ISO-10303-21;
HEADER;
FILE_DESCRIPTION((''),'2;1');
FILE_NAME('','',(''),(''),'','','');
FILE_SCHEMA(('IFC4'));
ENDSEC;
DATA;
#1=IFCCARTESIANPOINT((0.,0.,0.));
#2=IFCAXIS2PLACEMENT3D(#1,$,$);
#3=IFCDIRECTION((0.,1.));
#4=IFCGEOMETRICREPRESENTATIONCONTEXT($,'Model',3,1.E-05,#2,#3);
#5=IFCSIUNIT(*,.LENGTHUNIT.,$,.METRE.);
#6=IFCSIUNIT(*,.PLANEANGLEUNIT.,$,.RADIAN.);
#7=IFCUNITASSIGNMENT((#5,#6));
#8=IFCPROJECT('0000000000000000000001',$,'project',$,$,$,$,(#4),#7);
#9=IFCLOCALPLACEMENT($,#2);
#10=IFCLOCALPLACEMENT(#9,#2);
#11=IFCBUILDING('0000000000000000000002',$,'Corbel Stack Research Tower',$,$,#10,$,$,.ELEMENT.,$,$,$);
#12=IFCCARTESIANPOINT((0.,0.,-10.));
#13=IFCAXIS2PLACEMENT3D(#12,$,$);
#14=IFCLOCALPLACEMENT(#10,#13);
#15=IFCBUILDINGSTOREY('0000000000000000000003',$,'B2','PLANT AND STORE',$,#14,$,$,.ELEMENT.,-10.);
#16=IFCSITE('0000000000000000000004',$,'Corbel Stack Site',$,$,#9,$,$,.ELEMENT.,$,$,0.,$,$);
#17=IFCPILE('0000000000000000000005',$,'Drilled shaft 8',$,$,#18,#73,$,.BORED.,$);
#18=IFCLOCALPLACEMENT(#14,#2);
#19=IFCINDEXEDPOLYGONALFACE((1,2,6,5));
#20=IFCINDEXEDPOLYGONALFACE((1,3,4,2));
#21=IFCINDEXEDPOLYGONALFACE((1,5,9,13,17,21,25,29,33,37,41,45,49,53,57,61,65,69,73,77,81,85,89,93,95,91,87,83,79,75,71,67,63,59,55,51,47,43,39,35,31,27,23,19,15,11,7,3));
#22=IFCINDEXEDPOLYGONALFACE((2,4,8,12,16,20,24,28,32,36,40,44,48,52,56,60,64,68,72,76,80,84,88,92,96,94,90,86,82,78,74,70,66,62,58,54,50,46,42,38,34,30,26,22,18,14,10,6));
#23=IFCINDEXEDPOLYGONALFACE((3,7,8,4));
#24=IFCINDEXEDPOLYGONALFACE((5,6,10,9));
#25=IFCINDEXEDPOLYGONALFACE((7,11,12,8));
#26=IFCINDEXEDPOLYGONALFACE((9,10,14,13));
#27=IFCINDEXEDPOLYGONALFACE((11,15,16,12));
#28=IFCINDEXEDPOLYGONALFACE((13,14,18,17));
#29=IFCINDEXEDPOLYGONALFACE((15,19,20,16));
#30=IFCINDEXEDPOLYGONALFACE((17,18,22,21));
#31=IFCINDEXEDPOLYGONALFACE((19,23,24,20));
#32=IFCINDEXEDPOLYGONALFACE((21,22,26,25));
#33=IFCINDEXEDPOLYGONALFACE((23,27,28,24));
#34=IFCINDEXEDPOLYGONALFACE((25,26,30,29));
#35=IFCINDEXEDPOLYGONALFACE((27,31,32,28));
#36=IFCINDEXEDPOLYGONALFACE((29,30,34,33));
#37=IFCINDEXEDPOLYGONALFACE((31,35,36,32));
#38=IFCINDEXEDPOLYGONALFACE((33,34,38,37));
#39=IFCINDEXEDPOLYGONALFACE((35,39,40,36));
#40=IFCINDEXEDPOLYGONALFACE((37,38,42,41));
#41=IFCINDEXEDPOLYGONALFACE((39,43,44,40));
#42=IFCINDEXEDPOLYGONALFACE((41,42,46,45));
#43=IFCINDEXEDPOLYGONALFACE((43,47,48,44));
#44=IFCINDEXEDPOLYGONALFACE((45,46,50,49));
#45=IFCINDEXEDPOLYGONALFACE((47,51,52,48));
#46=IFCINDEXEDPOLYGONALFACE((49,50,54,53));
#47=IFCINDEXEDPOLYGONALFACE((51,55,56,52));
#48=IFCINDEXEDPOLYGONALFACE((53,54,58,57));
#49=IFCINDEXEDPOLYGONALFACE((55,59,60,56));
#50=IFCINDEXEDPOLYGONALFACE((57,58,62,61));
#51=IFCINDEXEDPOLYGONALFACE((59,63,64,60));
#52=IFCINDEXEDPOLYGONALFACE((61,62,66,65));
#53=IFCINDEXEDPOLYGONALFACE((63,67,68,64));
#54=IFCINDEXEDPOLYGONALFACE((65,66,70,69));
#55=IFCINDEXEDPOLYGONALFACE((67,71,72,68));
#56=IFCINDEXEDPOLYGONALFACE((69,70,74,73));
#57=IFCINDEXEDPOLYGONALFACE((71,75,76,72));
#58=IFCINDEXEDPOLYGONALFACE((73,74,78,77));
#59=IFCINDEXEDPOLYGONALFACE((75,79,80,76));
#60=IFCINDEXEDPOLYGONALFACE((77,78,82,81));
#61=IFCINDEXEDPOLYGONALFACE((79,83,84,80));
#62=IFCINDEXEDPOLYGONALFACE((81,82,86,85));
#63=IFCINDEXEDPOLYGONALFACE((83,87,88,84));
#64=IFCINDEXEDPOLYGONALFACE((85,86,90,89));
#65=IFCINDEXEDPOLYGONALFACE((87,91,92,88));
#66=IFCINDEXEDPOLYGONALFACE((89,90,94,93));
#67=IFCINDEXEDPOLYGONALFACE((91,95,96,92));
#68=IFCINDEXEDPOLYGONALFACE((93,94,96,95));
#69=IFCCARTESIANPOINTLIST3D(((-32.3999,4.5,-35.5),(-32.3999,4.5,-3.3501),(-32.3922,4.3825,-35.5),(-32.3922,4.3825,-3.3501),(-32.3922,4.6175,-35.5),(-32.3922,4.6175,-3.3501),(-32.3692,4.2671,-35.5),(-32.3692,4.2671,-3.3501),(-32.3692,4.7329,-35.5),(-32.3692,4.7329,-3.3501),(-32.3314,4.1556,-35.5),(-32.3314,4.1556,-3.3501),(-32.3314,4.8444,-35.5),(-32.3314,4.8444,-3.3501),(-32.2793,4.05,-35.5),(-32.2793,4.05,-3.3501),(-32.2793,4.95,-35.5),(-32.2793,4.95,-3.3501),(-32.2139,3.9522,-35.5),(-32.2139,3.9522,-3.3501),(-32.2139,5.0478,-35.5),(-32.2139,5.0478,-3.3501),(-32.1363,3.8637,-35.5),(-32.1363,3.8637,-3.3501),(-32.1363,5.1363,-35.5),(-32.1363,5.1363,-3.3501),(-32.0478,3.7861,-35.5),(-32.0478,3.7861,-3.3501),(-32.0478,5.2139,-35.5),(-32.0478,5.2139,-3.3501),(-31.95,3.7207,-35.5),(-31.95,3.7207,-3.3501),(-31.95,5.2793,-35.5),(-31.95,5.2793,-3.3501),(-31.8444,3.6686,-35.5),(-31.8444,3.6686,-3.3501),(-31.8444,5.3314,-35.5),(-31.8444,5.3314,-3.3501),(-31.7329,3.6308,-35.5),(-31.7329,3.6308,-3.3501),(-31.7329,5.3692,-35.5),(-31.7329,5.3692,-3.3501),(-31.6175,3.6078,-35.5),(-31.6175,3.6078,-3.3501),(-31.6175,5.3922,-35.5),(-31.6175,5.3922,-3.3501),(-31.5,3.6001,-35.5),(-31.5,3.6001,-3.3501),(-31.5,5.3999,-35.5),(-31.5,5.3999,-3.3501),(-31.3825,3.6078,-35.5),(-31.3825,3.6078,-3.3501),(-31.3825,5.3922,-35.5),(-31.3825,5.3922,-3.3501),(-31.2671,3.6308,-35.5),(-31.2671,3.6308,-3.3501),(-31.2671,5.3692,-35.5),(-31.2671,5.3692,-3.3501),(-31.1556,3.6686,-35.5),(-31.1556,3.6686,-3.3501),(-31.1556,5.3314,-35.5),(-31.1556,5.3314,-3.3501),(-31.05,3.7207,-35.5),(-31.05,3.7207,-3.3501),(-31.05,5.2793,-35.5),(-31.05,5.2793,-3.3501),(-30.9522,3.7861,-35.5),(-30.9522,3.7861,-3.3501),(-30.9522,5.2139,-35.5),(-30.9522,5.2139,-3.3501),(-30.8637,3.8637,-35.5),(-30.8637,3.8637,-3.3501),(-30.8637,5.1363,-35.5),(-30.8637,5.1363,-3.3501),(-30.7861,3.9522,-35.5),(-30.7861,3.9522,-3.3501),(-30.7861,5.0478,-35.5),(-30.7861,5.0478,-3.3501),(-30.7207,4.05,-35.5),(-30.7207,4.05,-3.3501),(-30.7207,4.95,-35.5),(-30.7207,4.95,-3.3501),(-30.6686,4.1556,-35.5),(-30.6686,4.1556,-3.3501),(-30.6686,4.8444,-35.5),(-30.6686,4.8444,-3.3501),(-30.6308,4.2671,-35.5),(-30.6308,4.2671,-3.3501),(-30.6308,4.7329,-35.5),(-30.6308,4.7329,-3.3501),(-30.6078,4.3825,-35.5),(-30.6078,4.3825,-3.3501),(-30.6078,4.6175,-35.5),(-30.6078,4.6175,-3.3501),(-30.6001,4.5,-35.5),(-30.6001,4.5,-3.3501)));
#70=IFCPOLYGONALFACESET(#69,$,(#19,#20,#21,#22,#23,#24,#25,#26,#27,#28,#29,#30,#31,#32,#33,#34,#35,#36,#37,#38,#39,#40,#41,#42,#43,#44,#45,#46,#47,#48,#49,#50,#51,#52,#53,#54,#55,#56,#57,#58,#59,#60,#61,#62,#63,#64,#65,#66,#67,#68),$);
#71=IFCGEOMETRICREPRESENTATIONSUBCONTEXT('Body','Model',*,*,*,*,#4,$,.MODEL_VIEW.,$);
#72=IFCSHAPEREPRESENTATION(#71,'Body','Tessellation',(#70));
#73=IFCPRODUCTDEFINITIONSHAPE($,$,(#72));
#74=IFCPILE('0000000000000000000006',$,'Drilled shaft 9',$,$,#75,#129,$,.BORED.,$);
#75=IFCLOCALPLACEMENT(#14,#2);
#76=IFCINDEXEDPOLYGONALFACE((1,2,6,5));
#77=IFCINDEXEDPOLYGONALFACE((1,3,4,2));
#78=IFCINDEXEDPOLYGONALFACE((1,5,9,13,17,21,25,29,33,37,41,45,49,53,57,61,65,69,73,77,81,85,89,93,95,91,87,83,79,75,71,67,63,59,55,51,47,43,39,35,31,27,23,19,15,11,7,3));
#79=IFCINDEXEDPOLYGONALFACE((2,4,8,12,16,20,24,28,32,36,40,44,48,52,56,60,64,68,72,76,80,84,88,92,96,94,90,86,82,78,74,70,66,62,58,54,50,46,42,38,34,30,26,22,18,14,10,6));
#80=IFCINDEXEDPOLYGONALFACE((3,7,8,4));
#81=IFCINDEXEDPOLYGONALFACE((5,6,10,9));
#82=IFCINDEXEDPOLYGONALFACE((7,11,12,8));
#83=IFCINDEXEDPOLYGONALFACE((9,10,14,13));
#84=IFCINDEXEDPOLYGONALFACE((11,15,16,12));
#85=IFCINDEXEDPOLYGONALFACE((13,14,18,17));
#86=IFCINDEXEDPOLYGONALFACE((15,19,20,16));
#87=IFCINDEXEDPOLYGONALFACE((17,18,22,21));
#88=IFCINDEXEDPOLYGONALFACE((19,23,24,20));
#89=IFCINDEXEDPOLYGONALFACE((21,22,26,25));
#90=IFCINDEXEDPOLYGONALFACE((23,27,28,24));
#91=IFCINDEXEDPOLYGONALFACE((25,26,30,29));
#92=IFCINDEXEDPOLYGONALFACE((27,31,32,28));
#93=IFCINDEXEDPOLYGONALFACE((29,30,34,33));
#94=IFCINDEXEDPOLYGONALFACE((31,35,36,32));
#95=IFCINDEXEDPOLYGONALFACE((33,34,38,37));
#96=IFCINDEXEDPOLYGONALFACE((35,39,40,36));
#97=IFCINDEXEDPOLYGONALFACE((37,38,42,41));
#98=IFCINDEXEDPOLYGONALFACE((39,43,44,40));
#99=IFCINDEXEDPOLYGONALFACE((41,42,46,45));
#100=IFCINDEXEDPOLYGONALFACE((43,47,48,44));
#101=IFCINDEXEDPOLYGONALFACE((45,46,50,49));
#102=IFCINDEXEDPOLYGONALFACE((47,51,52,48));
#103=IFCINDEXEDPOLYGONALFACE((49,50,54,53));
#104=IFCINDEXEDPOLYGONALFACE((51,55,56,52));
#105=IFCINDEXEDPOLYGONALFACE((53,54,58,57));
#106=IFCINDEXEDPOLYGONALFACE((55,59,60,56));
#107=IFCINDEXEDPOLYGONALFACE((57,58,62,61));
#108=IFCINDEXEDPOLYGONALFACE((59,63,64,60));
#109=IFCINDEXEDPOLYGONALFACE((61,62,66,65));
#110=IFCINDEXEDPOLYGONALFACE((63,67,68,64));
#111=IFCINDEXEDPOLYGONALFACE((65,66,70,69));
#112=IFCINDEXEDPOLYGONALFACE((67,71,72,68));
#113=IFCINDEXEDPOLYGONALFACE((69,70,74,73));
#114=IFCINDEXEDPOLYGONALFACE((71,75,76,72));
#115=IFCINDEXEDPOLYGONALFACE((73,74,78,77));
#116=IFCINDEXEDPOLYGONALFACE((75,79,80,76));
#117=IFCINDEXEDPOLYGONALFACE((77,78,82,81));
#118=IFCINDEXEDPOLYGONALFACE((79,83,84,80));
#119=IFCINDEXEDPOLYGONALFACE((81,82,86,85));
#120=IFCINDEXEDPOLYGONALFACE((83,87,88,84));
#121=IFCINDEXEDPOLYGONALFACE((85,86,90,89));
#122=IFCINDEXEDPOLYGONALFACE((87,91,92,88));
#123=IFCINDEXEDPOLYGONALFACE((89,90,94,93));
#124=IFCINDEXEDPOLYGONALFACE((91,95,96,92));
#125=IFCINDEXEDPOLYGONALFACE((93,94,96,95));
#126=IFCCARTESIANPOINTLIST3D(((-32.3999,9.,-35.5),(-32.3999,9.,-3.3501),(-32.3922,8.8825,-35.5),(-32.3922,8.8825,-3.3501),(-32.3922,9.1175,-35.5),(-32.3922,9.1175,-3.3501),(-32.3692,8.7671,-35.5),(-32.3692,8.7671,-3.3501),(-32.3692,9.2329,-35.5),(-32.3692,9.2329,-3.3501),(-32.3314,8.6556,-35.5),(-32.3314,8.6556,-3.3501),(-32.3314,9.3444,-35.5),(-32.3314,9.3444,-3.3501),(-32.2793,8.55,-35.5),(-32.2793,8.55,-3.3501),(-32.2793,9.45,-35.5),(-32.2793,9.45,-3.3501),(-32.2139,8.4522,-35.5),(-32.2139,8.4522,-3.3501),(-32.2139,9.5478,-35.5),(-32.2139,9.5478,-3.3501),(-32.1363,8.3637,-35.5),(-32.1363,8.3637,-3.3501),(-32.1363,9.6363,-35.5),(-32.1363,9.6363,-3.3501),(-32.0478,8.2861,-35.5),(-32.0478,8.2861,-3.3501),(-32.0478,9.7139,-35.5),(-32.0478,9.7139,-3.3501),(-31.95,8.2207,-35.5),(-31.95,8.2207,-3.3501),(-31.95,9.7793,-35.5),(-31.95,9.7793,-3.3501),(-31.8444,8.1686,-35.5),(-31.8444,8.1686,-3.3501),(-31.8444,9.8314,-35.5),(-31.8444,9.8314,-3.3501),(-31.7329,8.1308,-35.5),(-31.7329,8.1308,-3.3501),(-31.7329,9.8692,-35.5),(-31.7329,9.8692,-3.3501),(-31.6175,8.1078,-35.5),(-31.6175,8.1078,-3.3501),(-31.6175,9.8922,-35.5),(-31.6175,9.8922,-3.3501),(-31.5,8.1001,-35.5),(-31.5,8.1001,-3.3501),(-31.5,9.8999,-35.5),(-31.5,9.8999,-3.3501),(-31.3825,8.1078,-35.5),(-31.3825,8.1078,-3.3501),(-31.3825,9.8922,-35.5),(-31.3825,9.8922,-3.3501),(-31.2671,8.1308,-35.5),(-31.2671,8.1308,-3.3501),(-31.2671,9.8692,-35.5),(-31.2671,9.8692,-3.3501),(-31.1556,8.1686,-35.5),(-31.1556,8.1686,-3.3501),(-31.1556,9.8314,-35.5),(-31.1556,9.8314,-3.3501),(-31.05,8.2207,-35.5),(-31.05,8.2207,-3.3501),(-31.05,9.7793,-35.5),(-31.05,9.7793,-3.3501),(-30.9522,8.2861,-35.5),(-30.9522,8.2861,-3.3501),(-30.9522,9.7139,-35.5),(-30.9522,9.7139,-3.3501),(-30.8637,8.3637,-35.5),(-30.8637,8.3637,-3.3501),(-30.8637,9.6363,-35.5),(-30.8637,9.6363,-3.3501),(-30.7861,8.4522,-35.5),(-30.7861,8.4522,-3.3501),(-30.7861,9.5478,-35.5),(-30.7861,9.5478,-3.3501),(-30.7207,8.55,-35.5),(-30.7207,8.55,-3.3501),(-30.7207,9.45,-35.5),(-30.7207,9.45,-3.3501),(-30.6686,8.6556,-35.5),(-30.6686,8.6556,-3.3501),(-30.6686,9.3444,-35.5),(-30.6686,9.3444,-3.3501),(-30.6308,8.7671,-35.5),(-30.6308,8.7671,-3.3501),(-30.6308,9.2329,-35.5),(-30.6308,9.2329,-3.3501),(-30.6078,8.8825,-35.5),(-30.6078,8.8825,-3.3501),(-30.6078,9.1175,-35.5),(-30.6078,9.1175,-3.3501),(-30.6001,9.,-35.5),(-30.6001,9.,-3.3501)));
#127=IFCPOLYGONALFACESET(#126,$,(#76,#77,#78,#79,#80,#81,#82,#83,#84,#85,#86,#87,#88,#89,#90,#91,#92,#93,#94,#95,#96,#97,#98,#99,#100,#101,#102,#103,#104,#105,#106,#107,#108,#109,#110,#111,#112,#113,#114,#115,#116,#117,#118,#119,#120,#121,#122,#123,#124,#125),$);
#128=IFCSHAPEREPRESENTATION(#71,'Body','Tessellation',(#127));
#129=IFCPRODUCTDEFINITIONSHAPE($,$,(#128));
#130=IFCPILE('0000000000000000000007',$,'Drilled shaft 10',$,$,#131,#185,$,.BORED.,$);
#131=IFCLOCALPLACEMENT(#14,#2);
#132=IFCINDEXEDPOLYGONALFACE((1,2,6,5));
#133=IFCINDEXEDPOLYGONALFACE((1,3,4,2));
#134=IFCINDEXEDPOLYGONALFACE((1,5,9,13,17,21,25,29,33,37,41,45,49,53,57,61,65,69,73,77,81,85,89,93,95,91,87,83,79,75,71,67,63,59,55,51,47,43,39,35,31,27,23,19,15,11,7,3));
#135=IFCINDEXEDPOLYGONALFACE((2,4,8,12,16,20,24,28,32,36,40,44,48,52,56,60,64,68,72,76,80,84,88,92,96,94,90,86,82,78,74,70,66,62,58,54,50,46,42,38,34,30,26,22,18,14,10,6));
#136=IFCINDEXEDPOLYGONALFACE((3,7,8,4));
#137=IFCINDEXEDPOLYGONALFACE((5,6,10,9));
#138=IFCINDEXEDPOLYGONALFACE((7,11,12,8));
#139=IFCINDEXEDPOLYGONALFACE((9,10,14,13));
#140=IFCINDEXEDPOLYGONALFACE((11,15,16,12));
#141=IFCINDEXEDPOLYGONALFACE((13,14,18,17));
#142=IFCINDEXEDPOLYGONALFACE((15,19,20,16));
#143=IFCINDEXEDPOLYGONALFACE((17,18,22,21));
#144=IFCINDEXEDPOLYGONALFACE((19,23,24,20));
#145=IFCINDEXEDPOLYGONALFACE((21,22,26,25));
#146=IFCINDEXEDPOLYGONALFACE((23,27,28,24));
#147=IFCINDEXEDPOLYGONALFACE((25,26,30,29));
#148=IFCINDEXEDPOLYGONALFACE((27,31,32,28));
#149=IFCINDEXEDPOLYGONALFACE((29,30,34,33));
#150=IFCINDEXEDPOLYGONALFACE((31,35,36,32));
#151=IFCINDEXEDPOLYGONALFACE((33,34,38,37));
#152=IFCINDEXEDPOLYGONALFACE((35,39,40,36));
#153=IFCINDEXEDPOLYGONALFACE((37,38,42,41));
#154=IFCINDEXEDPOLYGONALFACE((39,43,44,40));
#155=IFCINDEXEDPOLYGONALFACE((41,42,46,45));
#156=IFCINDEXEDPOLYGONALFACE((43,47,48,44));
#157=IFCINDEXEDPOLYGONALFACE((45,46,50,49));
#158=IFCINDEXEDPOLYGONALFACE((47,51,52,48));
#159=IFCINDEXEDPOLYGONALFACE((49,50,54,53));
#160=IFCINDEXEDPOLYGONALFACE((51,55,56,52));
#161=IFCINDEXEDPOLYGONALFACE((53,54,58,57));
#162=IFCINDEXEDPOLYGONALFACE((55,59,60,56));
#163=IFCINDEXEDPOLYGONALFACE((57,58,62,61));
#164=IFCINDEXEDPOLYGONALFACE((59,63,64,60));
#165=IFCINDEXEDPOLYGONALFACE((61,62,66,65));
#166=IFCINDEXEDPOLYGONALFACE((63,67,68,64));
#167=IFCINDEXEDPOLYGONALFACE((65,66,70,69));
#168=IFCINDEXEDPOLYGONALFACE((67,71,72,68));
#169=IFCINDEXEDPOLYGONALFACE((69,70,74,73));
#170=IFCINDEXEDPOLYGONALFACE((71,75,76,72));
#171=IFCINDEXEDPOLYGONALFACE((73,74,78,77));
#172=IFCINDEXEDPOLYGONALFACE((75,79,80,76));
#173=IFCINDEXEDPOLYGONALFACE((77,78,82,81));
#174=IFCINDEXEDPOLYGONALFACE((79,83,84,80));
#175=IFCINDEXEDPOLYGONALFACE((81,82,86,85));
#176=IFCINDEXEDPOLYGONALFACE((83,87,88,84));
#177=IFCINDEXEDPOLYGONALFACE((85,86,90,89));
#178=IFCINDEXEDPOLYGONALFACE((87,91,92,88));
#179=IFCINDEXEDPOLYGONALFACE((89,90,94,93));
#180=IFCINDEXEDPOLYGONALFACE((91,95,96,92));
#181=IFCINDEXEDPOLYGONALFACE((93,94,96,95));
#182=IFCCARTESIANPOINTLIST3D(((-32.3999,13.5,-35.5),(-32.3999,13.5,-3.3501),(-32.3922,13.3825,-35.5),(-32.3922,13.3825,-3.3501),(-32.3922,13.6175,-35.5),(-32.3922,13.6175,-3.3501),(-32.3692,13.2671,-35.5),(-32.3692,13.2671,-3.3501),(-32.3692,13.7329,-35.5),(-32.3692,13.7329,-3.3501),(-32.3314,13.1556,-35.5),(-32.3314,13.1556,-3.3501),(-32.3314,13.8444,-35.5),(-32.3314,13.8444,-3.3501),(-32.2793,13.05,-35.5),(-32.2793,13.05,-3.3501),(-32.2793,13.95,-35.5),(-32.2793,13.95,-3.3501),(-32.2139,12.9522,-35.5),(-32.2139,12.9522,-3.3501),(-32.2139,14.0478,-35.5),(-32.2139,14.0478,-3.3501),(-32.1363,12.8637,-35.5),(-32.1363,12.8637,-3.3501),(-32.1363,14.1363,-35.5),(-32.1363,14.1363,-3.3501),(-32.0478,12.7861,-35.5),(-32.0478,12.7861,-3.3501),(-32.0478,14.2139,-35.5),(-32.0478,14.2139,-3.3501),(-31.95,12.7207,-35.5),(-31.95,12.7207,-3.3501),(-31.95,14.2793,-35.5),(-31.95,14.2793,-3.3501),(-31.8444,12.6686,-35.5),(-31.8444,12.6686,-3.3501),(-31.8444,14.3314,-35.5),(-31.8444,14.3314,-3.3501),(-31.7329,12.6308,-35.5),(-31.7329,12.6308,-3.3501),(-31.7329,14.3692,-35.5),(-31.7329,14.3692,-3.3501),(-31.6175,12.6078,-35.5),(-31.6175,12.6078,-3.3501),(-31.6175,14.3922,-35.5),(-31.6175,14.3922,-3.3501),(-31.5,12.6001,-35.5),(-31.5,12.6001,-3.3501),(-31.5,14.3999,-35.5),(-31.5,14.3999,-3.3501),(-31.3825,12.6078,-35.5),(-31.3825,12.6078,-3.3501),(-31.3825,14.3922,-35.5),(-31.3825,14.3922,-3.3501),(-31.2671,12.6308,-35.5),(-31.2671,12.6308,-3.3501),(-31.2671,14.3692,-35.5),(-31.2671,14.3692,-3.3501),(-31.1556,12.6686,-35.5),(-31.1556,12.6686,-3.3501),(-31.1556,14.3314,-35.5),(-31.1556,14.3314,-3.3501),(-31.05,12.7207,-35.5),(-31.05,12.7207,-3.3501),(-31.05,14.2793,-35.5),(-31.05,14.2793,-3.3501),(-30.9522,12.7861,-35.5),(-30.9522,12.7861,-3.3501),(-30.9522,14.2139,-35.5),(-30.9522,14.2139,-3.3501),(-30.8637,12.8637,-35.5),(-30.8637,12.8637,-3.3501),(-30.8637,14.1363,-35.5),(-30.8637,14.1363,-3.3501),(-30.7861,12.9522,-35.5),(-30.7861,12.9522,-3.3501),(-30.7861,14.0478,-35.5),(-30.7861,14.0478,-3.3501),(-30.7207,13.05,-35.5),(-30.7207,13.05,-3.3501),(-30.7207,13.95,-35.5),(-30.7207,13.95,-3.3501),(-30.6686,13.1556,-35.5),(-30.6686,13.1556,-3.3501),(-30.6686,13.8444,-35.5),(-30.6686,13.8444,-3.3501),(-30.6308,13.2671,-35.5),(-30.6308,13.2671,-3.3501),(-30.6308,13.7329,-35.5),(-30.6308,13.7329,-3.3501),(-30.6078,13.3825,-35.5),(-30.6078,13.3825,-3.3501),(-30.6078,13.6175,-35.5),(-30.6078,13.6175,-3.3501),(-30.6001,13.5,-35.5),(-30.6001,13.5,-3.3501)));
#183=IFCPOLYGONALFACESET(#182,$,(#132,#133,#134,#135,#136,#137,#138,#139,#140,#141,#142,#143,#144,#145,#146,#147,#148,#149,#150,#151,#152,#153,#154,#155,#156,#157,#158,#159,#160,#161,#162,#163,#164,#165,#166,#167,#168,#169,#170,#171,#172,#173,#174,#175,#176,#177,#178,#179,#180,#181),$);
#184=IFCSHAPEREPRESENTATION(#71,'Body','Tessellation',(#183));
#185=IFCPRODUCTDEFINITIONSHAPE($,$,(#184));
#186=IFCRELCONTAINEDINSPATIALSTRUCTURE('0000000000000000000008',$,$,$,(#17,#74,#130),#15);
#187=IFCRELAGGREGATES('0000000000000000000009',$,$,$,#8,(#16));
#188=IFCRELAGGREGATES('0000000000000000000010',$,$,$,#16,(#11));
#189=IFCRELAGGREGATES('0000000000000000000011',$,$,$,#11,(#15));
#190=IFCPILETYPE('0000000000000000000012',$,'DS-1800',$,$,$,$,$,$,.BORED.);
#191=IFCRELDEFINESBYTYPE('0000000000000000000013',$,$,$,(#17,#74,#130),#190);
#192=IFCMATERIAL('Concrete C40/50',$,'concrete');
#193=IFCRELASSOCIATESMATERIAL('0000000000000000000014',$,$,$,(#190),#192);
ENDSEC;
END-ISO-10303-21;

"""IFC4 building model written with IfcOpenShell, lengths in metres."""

from ifc_helpers import new_model, si_unit, direction, frame, origin, origin_2d, place, context, subcontext, project, spatial, circle, extrude, material, material_profile, profile_set, type_object, element, save


model = new_model("IFC4")

# Units and contexts
model_context = context("Model", 3, precision=1e-05, world=origin(), true_north=direction((0.0, 1.0)))
body_context = subcontext(model_context, "Body", "Model", "MODEL_VIEW")
ifc_project = project(units=[si_unit("LENGTHUNIT", "METRE"), si_unit("PLANEANGLEUNIT", "RADIAN")], contexts=[model_context])

# Site, building, storey
site_placement = place(None, origin())
site = spatial("IfcSite", under=ifc_project, at=site_placement, Name="Corbel Stack Site", CompositionType="ELEMENT", RefElevation=0.0)
building_placement = place(site_placement, origin())
building = spatial("IfcBuilding", under=site, at=building_placement, Name="Corbel Stack Research Tower", CompositionType="ELEMENT")
storey_placement = place(building_placement, frame((0.0, 0.0, -10.0)))
storey = spatial("IfcBuildingStorey", under=building, at=storey_placement, Name="B2", Description="PLANT AND STORE", CompositionType="ELEMENT", Elevation=-10.0)

# Piles
ifc_material_1 = material(Name="Concrete C40/50", Category="concrete")
ifc_material_profile_1 = material_profile(ifc_material_1, circle(Radius=0.8999, at=origin_2d()), Name="Shaft 1800")
ifc_profile_set_1 = profile_set([ifc_material_profile_1], Name="Concrete C40/50")
pile_type = type_object("IfcPileType", Name="DS-1800", PredefinedType="BORED", material=ifc_profile_set_1)
for number, where, z_axis, x_axis, name in (
    (1, (-31.5, 4.5, -3.3501), (0.0, 0.0, -1.0), (1.0, 0.0, 0.0), "Drilled shaft 8"),
    (2, (-31.5, 9.0, -3.3501), (0.0, 0.0, -1.0), (1.0, 0.0, 0.0), "Drilled shaft 9"),
    (3, (-31.5, 13.5, -3.3501), (0.0, 0.0, -1.0), (1.0, 0.0, 0.0), "Drilled shaft 10"),
):
    element("IfcPile", number, at=place(storey_placement, frame(where, z_axis=z_axis, x_axis=x_axis)), inside=storey, type_object=pile_type, Name=name, PredefinedType="BORED", context=body_context, shape_type="SweptSolid", body=[
        extrude(circle(Radius=0.8999, at=origin_2d()), origin(), (0.0, 0.0, 1.0), 32.1499),
    ])

save(model, "model.ifc")
